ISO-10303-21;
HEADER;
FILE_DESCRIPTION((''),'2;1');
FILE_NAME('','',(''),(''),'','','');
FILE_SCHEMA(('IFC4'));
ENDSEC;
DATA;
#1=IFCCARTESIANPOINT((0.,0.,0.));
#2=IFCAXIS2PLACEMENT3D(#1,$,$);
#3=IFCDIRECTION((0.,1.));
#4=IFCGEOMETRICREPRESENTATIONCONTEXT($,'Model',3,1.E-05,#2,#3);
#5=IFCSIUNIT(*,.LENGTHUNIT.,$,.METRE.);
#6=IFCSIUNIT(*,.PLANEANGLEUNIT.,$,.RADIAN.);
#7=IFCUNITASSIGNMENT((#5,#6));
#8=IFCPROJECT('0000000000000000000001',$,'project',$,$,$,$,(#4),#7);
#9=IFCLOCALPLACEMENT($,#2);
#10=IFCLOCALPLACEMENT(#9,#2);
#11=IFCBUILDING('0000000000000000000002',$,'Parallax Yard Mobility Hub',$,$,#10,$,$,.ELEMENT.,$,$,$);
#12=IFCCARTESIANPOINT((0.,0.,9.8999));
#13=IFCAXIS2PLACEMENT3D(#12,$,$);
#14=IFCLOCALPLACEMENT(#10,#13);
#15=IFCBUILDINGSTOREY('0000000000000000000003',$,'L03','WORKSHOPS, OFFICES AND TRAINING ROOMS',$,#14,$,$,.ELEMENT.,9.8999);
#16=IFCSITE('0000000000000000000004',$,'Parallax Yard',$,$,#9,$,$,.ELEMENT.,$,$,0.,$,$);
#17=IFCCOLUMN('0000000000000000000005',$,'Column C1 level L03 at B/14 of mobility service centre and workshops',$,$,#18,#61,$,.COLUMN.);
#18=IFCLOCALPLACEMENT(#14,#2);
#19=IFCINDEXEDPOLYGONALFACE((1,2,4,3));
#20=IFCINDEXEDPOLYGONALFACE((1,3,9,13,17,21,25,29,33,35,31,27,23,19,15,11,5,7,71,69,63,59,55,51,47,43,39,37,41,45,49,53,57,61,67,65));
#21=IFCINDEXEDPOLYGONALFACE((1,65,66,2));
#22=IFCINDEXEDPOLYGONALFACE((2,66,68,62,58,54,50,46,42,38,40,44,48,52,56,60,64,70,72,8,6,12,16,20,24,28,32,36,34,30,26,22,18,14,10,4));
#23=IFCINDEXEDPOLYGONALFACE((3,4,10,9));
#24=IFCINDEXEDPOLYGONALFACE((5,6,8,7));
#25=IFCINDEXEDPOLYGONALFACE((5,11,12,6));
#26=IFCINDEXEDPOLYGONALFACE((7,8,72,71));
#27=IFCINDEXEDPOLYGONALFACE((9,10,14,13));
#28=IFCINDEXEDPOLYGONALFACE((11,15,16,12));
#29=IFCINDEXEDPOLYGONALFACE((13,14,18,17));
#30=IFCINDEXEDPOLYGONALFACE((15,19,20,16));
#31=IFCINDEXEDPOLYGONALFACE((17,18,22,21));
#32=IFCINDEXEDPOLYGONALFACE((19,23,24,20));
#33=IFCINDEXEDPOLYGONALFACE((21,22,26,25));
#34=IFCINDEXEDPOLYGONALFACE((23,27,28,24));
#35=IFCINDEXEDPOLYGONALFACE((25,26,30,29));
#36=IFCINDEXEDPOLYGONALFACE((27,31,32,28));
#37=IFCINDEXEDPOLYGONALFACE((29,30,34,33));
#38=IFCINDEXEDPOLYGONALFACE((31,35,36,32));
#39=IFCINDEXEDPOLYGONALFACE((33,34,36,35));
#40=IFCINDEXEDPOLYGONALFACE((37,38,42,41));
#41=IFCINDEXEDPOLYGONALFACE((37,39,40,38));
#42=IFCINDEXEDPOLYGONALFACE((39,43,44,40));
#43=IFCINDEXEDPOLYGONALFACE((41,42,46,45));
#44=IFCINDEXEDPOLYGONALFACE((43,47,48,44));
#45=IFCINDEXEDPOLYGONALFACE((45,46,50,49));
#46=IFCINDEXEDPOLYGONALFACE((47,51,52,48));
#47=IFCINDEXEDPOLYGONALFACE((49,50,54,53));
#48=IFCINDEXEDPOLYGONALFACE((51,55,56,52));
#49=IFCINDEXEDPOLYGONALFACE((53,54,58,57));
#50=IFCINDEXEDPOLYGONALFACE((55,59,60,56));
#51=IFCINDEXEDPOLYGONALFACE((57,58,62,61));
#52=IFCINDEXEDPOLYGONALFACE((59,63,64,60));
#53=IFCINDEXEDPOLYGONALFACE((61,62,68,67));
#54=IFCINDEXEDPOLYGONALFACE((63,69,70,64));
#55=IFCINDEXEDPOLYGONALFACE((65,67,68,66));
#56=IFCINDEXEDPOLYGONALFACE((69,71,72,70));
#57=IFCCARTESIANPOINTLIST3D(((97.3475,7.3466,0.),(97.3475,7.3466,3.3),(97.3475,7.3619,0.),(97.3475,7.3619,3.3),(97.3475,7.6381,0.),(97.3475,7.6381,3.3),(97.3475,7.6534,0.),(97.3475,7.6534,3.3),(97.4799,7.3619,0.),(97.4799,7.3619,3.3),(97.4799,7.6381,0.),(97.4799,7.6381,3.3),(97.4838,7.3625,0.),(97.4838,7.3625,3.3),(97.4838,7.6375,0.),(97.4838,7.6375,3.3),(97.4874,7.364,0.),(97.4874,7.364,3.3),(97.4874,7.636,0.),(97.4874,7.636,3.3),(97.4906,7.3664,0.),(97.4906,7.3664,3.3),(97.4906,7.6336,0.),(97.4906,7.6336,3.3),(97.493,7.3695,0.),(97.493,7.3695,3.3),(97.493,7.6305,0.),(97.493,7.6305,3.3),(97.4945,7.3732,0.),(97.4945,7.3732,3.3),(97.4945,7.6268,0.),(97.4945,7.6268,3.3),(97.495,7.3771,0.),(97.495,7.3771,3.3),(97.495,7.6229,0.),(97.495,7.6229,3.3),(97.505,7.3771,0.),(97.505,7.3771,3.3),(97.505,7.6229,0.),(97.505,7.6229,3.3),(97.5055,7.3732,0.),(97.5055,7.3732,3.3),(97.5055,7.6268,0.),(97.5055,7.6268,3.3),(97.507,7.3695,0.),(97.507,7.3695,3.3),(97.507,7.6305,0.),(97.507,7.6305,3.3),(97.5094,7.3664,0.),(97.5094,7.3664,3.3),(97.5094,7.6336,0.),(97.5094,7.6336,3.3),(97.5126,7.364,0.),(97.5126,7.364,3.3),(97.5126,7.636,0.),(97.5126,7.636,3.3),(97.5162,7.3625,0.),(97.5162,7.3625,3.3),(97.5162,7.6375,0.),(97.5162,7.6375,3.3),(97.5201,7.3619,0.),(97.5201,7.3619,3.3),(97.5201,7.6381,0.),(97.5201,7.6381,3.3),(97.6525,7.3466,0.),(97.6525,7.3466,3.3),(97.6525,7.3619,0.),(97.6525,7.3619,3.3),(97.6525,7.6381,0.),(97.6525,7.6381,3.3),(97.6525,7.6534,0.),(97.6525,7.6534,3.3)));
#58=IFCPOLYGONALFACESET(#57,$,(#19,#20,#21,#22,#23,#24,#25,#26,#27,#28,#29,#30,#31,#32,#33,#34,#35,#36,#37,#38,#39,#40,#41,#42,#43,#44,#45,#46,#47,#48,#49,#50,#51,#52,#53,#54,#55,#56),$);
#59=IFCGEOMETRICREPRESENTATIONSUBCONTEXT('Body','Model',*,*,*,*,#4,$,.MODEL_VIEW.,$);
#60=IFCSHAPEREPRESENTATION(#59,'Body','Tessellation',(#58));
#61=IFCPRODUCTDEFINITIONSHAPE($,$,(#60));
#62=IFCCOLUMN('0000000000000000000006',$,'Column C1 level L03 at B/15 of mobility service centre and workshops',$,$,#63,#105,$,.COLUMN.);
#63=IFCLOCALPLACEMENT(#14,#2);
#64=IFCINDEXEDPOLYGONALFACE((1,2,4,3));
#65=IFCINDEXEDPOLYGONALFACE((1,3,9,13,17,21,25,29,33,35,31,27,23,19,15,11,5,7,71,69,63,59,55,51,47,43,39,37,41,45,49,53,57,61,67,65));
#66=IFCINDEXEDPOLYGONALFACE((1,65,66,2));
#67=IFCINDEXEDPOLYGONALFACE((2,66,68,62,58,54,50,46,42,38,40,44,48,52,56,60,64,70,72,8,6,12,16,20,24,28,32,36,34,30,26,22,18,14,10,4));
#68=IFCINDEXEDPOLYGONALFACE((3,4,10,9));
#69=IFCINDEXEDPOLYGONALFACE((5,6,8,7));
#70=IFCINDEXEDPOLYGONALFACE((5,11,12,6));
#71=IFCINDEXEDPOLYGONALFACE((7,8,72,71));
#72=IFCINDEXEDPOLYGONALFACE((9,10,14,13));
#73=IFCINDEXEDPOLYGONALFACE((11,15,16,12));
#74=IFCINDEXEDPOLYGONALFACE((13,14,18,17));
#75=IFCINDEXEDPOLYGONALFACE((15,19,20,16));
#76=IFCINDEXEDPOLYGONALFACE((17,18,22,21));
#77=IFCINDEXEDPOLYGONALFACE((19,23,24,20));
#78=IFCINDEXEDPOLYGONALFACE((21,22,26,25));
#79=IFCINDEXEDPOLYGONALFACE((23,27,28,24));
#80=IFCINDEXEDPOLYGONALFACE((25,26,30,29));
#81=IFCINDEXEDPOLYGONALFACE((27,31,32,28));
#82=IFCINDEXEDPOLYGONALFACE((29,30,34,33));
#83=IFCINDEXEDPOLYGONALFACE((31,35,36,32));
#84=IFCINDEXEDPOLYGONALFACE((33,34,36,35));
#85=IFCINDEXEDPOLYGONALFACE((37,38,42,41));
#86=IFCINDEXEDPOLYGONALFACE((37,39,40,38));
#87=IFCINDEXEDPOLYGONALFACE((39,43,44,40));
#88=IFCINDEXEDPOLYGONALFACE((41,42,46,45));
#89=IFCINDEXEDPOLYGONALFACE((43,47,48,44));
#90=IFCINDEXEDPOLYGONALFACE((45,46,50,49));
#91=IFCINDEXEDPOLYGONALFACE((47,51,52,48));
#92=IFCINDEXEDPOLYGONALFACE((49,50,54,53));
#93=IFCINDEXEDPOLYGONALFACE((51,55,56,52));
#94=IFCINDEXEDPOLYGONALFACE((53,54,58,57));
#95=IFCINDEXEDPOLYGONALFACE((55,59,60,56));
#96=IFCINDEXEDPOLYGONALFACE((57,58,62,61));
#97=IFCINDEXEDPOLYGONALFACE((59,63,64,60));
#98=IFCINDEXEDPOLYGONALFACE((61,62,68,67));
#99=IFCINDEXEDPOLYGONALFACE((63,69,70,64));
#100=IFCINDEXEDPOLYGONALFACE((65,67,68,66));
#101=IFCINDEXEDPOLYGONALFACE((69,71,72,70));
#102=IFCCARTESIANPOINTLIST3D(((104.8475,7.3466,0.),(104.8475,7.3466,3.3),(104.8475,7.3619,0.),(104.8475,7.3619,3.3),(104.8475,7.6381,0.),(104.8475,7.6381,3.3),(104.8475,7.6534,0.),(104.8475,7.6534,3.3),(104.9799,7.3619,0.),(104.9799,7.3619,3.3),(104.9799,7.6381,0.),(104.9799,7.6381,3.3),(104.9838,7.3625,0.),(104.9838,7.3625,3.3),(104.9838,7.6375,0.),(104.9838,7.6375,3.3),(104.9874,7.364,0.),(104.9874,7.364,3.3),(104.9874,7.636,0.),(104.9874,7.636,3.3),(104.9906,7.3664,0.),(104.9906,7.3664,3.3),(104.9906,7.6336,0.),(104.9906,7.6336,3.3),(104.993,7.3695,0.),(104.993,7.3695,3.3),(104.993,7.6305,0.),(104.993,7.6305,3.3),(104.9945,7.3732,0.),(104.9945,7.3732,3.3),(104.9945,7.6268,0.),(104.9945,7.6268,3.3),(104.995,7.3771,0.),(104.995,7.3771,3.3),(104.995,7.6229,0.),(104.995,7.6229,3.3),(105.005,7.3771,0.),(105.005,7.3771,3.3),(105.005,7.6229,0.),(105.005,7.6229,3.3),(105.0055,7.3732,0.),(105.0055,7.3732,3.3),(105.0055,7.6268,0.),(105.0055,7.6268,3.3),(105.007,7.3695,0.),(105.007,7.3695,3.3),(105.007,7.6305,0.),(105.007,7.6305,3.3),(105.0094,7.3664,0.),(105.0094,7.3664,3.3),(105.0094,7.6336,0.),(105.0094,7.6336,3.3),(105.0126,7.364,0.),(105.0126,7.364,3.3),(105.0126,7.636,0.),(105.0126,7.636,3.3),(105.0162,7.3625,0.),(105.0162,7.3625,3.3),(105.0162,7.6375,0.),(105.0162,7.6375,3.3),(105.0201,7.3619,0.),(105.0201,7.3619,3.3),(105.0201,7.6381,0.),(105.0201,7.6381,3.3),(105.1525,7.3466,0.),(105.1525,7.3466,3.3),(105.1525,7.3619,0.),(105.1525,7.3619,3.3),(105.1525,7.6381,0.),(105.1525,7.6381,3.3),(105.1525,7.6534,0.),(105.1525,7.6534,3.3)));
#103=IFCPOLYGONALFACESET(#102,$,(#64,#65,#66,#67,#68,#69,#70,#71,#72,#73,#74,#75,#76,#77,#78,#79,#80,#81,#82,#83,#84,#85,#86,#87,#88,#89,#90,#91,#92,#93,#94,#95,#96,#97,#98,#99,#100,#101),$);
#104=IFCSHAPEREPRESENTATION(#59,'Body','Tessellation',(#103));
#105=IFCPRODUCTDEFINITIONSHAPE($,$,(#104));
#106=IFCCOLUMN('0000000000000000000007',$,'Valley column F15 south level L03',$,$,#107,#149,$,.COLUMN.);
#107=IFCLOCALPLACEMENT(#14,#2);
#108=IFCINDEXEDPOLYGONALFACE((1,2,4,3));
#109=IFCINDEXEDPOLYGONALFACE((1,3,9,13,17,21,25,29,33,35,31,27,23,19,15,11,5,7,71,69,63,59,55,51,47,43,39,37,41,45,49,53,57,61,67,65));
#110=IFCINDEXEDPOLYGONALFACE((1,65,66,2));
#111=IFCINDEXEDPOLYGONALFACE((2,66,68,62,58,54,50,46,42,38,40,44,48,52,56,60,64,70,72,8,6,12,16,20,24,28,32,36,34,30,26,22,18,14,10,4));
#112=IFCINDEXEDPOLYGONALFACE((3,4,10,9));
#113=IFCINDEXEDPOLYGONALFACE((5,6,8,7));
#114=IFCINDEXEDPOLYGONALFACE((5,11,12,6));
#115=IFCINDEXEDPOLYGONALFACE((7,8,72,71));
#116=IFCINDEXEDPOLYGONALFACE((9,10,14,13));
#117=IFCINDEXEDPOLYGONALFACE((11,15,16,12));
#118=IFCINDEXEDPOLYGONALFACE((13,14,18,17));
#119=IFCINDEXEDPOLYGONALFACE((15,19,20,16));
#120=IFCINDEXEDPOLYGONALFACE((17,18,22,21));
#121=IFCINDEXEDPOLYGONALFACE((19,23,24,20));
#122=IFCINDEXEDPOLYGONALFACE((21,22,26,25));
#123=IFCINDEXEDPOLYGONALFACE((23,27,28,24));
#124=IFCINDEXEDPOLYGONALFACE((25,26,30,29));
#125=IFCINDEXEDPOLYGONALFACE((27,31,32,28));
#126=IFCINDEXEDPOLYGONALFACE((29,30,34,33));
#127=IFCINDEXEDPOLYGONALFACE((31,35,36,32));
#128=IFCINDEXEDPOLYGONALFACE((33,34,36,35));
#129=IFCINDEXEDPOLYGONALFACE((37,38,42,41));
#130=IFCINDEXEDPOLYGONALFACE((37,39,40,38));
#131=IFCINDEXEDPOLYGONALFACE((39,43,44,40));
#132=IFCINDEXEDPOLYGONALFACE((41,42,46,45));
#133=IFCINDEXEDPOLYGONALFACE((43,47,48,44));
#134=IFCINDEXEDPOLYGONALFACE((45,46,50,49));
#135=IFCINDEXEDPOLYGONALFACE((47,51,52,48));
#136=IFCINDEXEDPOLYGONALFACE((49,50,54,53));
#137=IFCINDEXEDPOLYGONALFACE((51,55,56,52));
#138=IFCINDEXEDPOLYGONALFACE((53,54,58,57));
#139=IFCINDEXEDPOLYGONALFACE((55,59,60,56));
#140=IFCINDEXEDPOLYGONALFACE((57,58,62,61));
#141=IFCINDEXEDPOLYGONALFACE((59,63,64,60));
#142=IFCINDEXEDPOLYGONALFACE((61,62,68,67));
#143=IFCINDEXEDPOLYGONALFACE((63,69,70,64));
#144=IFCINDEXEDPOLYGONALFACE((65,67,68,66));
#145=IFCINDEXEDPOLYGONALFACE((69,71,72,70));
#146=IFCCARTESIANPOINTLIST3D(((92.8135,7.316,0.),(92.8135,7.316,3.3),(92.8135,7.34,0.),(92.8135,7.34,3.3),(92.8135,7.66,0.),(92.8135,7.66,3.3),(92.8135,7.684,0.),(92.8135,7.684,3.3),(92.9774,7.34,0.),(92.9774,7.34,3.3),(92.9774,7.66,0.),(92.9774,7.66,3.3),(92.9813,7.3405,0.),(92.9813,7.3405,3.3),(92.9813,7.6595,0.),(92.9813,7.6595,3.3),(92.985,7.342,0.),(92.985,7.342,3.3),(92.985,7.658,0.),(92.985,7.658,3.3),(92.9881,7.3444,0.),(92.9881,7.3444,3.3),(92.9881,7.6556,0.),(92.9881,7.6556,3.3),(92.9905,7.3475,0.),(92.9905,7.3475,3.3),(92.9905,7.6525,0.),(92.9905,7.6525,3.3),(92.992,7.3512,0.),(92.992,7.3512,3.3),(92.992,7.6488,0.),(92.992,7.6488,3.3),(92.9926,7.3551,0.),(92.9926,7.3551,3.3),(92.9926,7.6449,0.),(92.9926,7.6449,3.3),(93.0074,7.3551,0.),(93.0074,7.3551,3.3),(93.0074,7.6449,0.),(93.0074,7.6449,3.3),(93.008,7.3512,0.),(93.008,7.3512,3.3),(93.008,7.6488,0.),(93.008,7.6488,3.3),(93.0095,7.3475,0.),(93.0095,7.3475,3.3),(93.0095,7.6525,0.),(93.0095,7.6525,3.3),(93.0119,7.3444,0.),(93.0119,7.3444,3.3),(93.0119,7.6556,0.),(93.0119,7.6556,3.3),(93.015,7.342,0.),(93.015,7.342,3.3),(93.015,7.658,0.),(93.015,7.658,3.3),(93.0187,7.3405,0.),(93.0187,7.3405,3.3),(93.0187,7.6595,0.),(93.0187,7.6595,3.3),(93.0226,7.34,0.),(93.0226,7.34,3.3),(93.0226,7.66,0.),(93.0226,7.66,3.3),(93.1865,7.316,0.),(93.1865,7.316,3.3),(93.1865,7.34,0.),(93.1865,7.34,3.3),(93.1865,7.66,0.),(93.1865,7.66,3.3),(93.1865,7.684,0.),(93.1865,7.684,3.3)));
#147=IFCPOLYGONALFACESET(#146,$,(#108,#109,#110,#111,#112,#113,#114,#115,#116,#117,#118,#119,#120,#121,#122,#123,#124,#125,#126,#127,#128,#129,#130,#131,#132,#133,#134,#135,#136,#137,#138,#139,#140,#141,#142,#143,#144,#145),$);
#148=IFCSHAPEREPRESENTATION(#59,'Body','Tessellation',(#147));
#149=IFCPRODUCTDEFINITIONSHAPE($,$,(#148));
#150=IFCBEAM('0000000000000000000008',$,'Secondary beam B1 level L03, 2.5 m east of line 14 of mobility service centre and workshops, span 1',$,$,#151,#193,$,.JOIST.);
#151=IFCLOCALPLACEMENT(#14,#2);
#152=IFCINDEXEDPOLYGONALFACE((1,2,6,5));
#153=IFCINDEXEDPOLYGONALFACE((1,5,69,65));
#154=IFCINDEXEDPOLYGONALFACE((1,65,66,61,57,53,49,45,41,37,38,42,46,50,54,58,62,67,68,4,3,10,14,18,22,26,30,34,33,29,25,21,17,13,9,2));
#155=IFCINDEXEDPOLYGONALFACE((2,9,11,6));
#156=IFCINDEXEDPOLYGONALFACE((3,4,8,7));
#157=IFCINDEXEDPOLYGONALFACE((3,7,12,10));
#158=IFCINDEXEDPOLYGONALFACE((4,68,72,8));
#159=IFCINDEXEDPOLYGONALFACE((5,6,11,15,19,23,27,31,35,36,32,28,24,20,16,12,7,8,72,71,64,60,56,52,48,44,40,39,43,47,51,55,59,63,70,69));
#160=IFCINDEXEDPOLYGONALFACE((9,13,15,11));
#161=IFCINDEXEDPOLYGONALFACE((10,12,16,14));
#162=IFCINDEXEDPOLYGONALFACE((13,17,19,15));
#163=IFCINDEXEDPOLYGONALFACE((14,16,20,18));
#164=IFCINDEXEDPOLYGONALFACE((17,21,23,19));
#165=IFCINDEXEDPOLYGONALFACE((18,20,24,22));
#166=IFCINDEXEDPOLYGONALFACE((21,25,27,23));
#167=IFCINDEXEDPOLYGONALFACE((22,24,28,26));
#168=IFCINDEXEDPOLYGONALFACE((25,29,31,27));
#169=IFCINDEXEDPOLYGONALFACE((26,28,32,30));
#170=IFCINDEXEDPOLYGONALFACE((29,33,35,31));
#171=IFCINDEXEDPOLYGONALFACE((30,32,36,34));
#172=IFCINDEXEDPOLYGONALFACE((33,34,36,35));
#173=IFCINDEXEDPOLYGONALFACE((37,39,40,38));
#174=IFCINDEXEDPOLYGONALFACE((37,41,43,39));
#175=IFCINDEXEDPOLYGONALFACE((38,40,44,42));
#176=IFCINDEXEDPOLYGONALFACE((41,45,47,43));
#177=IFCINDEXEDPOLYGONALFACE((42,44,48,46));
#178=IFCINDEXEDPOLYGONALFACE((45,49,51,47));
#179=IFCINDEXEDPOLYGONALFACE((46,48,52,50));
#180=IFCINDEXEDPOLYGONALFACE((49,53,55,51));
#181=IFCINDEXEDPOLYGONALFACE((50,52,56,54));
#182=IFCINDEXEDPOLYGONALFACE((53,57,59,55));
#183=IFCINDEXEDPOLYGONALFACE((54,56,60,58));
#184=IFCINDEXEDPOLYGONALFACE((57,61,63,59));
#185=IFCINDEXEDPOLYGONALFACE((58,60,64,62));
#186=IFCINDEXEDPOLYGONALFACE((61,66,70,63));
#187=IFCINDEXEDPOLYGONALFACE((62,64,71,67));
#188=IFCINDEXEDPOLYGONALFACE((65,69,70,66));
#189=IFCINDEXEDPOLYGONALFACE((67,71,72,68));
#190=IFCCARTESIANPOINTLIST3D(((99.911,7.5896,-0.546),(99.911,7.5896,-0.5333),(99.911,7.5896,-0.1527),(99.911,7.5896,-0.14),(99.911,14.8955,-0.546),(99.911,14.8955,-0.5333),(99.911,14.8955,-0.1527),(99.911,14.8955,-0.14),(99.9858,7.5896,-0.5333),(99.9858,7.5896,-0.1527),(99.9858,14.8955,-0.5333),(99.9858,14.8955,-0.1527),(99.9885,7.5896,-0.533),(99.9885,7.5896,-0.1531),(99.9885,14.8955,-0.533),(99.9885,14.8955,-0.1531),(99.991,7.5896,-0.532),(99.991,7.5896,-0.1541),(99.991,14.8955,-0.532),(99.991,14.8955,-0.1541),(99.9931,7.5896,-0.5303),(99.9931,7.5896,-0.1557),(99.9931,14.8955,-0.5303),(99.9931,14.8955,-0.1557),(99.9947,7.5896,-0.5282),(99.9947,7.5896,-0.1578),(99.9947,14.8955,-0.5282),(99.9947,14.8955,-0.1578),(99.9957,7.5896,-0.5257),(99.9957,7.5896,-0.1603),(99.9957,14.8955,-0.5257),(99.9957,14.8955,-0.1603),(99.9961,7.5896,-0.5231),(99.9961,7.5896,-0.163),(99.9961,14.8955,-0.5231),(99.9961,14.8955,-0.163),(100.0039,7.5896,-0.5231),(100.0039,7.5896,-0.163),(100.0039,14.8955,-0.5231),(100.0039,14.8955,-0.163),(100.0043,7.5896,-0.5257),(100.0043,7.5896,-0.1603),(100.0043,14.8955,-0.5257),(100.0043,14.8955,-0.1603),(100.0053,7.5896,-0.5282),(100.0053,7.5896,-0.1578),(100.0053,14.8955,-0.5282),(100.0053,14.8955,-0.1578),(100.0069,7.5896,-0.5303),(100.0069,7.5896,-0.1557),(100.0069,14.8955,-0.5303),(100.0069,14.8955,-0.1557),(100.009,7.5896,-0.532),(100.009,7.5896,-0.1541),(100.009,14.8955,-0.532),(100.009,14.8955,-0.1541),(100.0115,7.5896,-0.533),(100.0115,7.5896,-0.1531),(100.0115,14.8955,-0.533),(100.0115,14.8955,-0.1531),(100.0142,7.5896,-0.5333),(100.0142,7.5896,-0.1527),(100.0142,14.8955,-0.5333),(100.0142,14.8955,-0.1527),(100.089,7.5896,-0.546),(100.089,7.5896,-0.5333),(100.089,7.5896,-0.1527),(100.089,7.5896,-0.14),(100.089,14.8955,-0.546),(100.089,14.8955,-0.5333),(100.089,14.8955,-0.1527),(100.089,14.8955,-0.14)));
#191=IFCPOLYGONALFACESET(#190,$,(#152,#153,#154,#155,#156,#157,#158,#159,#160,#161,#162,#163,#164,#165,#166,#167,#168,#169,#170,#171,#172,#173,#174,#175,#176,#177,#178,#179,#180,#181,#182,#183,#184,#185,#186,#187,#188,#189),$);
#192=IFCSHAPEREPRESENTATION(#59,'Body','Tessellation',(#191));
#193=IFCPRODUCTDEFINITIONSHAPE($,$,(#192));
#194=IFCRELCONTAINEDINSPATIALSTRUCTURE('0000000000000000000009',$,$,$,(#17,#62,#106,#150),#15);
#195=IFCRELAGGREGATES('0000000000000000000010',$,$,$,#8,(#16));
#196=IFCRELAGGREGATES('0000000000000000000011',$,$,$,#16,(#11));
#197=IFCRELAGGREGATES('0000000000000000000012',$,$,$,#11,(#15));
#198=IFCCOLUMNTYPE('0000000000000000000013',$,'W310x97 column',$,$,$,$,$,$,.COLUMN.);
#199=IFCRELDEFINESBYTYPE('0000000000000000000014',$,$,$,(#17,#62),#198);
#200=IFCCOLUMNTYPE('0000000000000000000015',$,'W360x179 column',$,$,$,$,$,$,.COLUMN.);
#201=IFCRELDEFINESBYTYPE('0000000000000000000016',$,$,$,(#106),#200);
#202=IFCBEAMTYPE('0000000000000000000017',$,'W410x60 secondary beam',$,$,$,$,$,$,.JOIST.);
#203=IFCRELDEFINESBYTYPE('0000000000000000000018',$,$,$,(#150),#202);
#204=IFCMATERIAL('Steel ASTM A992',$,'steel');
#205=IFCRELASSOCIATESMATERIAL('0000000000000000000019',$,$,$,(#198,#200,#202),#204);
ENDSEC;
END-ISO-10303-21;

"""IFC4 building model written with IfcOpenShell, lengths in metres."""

from ifc_helpers import new_model, si_unit, direction, frame, origin, origin_2d, place, context, subcontext, project, spatial, i_section, extrude, material, material_profile, profile_set, type_object, element, save


model = new_model("IFC4")

# Units and contexts
model_context = context("Model", 3, precision=1e-05, world=origin(), true_north=direction((0.0, 1.0)))
body_context = subcontext(model_context, "Body", "Model", "MODEL_VIEW")
ifc_project = project(units=[si_unit("LENGTHUNIT", "METRE"), si_unit("PLANEANGLEUNIT", "RADIAN")], contexts=[model_context])

# Site, building, storey
site_placement = place(None, origin())
site = spatial("IfcSite", under=ifc_project, at=site_placement, Name="Parallax Yard", CompositionType="ELEMENT", RefElevation=0.0)
building_placement = place(site_placement, origin())
building = spatial("IfcBuilding", under=site, at=building_placement, Name="Parallax Yard Mobility Hub", CompositionType="ELEMENT")
storey_placement = place(building_placement, frame((0.0, 0.0, 9.8999)))
storey = spatial("IfcBuildingStorey", under=building, at=storey_placement, Name="L03", Description="WORKSHOPS, OFFICES AND TRAINING ROOMS", CompositionType="ELEMENT", Elevation=9.8999)

# Columns
ifc_material_1 = material(Name="Steel ASTM A992", Category="steel")
ifc_material_profile_1 = material_profile(ifc_material_1, i_section(OverallWidth=0.3049, OverallDepth=0.3069, WebThickness=0.01, FlangeThickness=0.0154, FilletRadius=0.0151, at=origin_2d()), Name="W310x97")
ifc_profile_set_1 = profile_set([ifc_material_profile_1], Name="Steel ASTM A992")
column_type_1 = type_object("IfcColumnType", Name="W310x97 column", PredefinedType="COLUMN", material=ifc_profile_set_1)
for number, where, z_axis, x_axis, name in (
    (1, (97.5, 7.5, 0.0), (0.0, 0.0, 1.0), (1.0, 0.0, 0.0), "Column C1 level L03 at B/14 of mobility service centre and workshops"),
    (2, (105.0, 7.5, 0.0), (0.0, 0.0, 1.0), (1.0, 0.0, 0.0), "Column C1 level L03 at B/15 of mobility service centre and workshops"),
):
    element("IfcColumn", number, at=place(storey_placement, frame(where, z_axis=z_axis, x_axis=x_axis)), inside=storey, type_object=column_type_1, Name=name, PredefinedType="COLUMN", context=body_context, shape_type="SweptSolid", body=[
        extrude(i_section(OverallWidth=0.3049, OverallDepth=0.3069, WebThickness=0.01, FlangeThickness=0.0154, FilletRadius=0.0151, at=origin_2d()), origin(), (0.0, 0.0, 1.0), 3.3),
    ])
ifc_material_profile_2 = material_profile(ifc_material_1, i_section(OverallWidth=0.373, OverallDepth=0.3679, WebThickness=0.0149, FlangeThickness=0.0239, FilletRadius=0.0151, at=origin_2d()), Name="W360x179")
ifc_profile_set_2 = profile_set([ifc_material_profile_2], Name="Steel ASTM A992")
column_type_2 = type_object("IfcColumnType", Name="W360x179 column", PredefinedType="COLUMN", material=ifc_profile_set_2)
column_placement = place(storey_placement, frame((93.0, 7.5, 0.0), z_axis=(0.0, 0.0, 1.0), x_axis=(1.0, 0.0, 0.0)))
element("IfcColumn", 3, at=column_placement, inside=storey, type_object=column_type_2, Name="Valley column F15 south level L03", PredefinedType="COLUMN", context=body_context, shape_type="SweptSolid", body=[
    extrude(i_section(OverallWidth=0.373, OverallDepth=0.3679, WebThickness=0.0149, FlangeThickness=0.0239, FilletRadius=0.0151, at=origin_2d()), origin(), (0.0, 0.0, 1.0), 3.3),
])

# Beam
ifc_material_profile_3 = material_profile(ifc_material_1, i_section(OverallWidth=0.178, OverallDepth=0.406, WebThickness=0.0078, FlangeThickness=0.0127, FilletRadius=0.0103, at=origin_2d()), Name="W410x60")
ifc_profile_set_3 = profile_set([ifc_material_profile_3], Name="Steel ASTM A992")
beam_type_1 = type_object("IfcBeamType", Name="W410x60 secondary beam", PredefinedType="JOIST", material=ifc_profile_set_3)
for number, where, z_axis, x_axis, name in (
    (4, (100.0, 7.5896, -0.343), (0.0, 1.0, 0.0), (-1.0, 0.0, 0.0), "Secondary beam B1 level L03, 2.5 m east of line 14 of mobility service centre and workshops, span 1"),
):
    element("IfcBeam", number, at=place(storey_placement, frame(where, z_axis=z_axis, x_axis=x_axis)), inside=storey, type_object=beam_type_1, Name=name, PredefinedType="JOIST", context=body_context, shape_type="SweptSolid", body=[
        extrude(i_section(OverallWidth=0.178, OverallDepth=0.406, WebThickness=0.0078, FlangeThickness=0.0127, FilletRadius=0.0103, at=origin_2d()), origin(), (0.0, 0.0, 1.0), 7.3059),
    ])

save(model, "model.ifc")
